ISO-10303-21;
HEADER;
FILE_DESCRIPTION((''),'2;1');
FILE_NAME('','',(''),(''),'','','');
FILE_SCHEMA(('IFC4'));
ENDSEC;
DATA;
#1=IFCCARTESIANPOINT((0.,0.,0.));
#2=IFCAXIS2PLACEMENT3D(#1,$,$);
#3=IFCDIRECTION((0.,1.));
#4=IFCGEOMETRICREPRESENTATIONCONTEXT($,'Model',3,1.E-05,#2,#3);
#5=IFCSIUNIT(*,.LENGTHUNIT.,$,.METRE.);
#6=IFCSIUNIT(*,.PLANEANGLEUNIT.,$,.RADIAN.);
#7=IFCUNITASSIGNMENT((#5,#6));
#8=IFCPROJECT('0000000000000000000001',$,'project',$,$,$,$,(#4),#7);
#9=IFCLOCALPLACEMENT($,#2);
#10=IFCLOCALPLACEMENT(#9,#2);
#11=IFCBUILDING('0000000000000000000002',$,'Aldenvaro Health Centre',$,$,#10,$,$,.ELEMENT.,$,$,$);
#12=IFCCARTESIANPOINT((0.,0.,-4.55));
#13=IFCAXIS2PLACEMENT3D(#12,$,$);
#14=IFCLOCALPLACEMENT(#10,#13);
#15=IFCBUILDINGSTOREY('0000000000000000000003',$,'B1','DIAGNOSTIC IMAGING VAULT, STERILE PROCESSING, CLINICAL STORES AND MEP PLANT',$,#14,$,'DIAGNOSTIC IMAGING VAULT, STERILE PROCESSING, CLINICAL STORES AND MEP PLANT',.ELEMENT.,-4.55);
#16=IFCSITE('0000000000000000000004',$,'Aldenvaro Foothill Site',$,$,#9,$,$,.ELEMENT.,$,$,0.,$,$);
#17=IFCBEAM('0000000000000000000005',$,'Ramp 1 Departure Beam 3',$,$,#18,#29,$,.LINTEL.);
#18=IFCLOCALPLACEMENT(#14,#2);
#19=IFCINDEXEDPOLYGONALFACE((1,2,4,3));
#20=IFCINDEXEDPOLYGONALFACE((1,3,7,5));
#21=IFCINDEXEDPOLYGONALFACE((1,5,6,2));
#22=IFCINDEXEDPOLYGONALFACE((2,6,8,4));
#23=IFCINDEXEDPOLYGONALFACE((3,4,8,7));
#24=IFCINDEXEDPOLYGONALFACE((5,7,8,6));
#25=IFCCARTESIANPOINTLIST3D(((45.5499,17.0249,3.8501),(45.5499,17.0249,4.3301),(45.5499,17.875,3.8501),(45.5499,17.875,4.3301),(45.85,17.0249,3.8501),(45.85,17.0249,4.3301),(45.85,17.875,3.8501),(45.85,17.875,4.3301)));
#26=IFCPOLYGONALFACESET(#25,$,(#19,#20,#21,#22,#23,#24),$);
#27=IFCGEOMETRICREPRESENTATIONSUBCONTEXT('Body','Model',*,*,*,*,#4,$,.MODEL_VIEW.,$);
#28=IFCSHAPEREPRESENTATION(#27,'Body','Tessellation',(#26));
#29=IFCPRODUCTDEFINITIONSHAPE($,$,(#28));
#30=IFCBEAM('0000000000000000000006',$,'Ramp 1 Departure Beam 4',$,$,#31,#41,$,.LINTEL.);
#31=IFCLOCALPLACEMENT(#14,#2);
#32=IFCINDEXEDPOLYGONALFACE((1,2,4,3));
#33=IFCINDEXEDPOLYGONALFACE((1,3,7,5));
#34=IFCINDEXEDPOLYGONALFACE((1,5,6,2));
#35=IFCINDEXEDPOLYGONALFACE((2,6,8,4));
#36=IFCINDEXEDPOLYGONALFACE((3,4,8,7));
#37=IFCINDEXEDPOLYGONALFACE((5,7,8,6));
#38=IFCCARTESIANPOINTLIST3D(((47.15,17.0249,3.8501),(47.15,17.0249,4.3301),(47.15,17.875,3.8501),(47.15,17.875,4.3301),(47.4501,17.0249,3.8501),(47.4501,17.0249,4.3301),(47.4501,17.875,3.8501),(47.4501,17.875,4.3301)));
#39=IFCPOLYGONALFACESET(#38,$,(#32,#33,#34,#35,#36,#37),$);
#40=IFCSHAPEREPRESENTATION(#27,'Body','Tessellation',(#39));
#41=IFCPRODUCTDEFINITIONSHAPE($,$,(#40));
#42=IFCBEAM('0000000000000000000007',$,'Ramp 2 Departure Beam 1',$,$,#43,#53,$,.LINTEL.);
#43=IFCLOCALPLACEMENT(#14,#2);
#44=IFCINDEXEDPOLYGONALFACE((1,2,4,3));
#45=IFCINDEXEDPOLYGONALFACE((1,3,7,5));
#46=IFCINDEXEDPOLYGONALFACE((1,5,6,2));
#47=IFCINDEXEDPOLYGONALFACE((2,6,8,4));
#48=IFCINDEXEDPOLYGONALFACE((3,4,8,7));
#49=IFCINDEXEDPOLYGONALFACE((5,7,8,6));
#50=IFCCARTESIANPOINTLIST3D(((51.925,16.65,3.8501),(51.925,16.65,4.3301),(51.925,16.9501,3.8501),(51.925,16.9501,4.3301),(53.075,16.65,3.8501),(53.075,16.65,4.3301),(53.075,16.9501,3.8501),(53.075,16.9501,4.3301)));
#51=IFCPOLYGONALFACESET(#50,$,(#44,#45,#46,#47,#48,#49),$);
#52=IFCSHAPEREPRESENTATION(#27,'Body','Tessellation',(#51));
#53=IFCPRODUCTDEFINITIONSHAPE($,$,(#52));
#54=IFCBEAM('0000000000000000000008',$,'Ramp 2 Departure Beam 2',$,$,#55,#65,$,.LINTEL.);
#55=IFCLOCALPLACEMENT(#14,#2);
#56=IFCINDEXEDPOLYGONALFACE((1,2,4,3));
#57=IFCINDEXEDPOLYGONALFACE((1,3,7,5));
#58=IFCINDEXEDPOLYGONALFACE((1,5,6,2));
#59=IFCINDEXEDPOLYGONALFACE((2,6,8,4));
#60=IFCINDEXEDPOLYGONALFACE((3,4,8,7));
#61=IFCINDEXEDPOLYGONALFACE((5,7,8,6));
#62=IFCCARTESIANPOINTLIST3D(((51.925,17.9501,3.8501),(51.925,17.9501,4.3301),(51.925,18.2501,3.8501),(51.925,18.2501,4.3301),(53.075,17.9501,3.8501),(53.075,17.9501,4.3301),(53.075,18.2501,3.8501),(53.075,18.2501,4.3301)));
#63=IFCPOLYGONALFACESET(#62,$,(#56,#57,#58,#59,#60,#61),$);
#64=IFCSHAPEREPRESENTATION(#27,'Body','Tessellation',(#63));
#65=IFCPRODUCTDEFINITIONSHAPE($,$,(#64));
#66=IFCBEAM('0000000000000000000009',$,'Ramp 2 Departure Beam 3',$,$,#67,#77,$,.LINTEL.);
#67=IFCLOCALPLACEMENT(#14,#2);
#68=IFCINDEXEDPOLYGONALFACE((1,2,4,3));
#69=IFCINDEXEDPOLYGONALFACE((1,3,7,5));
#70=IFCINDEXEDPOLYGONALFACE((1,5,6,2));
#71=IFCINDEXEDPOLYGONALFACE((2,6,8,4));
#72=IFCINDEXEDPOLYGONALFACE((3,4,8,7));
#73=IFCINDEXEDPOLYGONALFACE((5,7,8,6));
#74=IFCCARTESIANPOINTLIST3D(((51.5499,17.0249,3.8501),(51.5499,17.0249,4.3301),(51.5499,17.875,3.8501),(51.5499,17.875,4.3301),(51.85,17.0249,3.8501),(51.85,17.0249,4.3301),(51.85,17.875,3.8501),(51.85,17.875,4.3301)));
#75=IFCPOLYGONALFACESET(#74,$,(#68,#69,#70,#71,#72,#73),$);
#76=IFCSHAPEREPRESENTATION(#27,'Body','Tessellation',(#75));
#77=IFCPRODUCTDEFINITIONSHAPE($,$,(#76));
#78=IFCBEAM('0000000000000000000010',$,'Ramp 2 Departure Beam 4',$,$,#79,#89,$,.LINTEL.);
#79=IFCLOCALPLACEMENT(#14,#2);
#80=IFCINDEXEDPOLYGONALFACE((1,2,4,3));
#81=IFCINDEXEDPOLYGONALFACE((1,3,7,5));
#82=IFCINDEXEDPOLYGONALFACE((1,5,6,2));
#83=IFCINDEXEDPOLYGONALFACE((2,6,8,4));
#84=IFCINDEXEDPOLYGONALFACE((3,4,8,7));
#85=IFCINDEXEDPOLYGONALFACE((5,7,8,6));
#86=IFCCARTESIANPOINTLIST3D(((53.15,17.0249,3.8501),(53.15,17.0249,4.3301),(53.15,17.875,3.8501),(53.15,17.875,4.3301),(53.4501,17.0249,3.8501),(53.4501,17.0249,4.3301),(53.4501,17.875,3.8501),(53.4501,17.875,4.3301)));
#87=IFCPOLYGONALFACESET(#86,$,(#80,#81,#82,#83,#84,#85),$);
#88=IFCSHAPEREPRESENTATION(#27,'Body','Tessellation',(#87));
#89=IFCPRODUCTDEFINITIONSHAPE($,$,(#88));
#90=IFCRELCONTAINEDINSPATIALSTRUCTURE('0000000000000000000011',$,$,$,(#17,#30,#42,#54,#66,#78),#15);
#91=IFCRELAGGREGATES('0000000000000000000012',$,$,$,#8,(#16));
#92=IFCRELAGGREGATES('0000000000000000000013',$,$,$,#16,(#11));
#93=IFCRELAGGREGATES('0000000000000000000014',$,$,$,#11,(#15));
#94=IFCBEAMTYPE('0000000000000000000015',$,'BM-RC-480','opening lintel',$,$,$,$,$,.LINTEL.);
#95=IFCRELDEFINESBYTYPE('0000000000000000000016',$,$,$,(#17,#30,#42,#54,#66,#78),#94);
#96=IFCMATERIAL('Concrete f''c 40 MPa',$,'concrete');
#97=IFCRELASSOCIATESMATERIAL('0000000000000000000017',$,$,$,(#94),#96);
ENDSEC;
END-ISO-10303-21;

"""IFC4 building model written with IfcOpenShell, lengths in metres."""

from ifc_helpers import new_model, si_unit, direction, frame, origin, origin_2d, place, context, subcontext, project, spatial, rectangle, extrude, material, material_profile, profile_set, type_object, element, save


model = new_model("IFC4")

# Units and contexts
model_context = context("Model", 3, precision=1e-05, world=origin(), true_north=direction((0.0, 1.0)))
body_context = subcontext(model_context, "Body", "Model", "MODEL_VIEW")
ifc_project = project(units=[si_unit("LENGTHUNIT", "METRE"), si_unit("PLANEANGLEUNIT", "RADIAN")], contexts=[model_context])

# Site, building, storey
site_placement = place(None, origin())
site = spatial("IfcSite", under=ifc_project, at=site_placement, Name="Aldenvaro Foothill Site", CompositionType="ELEMENT", RefElevation=0.0)
building_placement = place(site_placement, origin())
building = spatial("IfcBuilding", under=site, at=building_placement, Name="Aldenvaro Health Centre", CompositionType="ELEMENT")
storey_placement = place(building_placement, frame((0.0, 0.0, -4.55)))
storey = spatial("IfcBuildingStorey", under=building, at=storey_placement, Name="B1", Description="DIAGNOSTIC IMAGING VAULT, STERILE PROCESSING, CLINICAL STORES AND MEP PLANT", LongName="DIAGNOSTIC IMAGING VAULT, STERILE PROCESSING, CLINICAL STORES AND MEP PLANT", CompositionType="ELEMENT", Elevation=-4.55)

# Shared definitions
ifc_material = material(Name="Concrete f'c 40 MPa", Category="concrete")

# Beams
ifc_material_profile_1 = material_profile(ifc_material, rectangle(XDim=0.3, YDim=0.48, at=origin_2d()), Name="RC 300x480", Category="concrete")
ifc_profile_set_1 = profile_set([ifc_material_profile_1], Name="Concrete f'c 40 MPa")
beam_type = type_object("IfcBeamType", Name="BM-RC-480", Description="opening lintel", PredefinedType="LINTEL", material=ifc_profile_set_1)
for number, where, z_axis, x_axis, name in (
    (1, (45.7, 17.0249, 4.0901), (0.0, 1.0, 0.0), (-1.0, 0.0, 0.0), "Ramp 1 Departure Beam 3"),
    (2, (47.3, 17.0249, 4.0901), (0.0, 1.0, 0.0), (-1.0, 0.0, 0.0), "Ramp 1 Departure Beam 4"),
):
    element("IfcBeam", number, at=place(storey_placement, frame(where, z_axis=z_axis, x_axis=x_axis)), inside=storey, type_object=beam_type, Name=name, PredefinedType="LINTEL", context=body_context, shape_type="SweptSolid", body=[
        extrude(rectangle(XDim=0.3, YDim=0.48, at=origin_2d()), origin(), (0.0, 0.0, 1.0), 0.8501),
    ])
for number, where, z_axis, x_axis, name in (
    (3, (51.925, 16.8, 4.0901), (1.0, 0.0, 0.0), (0.0, 1.0, 0.0), "Ramp 2 Departure Beam 1"),
    (4, (53.075, 18.1001, 4.0901), (-1.0, 0.0, 0.0), (0.0, -1.0, 0.0), "Ramp 2 Departure Beam 2"),
):
    element("IfcBeam", number, at=place(storey_placement, frame(where, z_axis=z_axis, x_axis=x_axis)), inside=storey, type_object=beam_type, Name=name, PredefinedType="LINTEL", context=body_context, shape_type="SweptSolid", body=[
        extrude(rectangle(XDim=0.3, YDim=0.48, at=origin_2d()), origin(), (0.0, 0.0, 1.0), 1.1499),
    ])
for number, where, z_axis, x_axis, name in (
    (5, (51.7, 17.0249, 4.0901), (0.0, 1.0, 0.0), (-1.0, 0.0, 0.0), "Ramp 2 Departure Beam 3"),
    (6, (53.3, 17.0249, 4.0901), (0.0, 1.0, 0.0), (-1.0, 0.0, 0.0), "Ramp 2 Departure Beam 4"),
):
    element("IfcBeam", number, at=place(storey_placement, frame(where, z_axis=z_axis, x_axis=x_axis)), inside=storey, type_object=beam_type, Name=name, PredefinedType="LINTEL", context=body_context, shape_type="SweptSolid", body=[
        extrude(rectangle(XDim=0.3, YDim=0.48, at=origin_2d()), origin(), (0.0, 0.0, 1.0), 0.8501),
    ])

save(model, "model.ifc")
